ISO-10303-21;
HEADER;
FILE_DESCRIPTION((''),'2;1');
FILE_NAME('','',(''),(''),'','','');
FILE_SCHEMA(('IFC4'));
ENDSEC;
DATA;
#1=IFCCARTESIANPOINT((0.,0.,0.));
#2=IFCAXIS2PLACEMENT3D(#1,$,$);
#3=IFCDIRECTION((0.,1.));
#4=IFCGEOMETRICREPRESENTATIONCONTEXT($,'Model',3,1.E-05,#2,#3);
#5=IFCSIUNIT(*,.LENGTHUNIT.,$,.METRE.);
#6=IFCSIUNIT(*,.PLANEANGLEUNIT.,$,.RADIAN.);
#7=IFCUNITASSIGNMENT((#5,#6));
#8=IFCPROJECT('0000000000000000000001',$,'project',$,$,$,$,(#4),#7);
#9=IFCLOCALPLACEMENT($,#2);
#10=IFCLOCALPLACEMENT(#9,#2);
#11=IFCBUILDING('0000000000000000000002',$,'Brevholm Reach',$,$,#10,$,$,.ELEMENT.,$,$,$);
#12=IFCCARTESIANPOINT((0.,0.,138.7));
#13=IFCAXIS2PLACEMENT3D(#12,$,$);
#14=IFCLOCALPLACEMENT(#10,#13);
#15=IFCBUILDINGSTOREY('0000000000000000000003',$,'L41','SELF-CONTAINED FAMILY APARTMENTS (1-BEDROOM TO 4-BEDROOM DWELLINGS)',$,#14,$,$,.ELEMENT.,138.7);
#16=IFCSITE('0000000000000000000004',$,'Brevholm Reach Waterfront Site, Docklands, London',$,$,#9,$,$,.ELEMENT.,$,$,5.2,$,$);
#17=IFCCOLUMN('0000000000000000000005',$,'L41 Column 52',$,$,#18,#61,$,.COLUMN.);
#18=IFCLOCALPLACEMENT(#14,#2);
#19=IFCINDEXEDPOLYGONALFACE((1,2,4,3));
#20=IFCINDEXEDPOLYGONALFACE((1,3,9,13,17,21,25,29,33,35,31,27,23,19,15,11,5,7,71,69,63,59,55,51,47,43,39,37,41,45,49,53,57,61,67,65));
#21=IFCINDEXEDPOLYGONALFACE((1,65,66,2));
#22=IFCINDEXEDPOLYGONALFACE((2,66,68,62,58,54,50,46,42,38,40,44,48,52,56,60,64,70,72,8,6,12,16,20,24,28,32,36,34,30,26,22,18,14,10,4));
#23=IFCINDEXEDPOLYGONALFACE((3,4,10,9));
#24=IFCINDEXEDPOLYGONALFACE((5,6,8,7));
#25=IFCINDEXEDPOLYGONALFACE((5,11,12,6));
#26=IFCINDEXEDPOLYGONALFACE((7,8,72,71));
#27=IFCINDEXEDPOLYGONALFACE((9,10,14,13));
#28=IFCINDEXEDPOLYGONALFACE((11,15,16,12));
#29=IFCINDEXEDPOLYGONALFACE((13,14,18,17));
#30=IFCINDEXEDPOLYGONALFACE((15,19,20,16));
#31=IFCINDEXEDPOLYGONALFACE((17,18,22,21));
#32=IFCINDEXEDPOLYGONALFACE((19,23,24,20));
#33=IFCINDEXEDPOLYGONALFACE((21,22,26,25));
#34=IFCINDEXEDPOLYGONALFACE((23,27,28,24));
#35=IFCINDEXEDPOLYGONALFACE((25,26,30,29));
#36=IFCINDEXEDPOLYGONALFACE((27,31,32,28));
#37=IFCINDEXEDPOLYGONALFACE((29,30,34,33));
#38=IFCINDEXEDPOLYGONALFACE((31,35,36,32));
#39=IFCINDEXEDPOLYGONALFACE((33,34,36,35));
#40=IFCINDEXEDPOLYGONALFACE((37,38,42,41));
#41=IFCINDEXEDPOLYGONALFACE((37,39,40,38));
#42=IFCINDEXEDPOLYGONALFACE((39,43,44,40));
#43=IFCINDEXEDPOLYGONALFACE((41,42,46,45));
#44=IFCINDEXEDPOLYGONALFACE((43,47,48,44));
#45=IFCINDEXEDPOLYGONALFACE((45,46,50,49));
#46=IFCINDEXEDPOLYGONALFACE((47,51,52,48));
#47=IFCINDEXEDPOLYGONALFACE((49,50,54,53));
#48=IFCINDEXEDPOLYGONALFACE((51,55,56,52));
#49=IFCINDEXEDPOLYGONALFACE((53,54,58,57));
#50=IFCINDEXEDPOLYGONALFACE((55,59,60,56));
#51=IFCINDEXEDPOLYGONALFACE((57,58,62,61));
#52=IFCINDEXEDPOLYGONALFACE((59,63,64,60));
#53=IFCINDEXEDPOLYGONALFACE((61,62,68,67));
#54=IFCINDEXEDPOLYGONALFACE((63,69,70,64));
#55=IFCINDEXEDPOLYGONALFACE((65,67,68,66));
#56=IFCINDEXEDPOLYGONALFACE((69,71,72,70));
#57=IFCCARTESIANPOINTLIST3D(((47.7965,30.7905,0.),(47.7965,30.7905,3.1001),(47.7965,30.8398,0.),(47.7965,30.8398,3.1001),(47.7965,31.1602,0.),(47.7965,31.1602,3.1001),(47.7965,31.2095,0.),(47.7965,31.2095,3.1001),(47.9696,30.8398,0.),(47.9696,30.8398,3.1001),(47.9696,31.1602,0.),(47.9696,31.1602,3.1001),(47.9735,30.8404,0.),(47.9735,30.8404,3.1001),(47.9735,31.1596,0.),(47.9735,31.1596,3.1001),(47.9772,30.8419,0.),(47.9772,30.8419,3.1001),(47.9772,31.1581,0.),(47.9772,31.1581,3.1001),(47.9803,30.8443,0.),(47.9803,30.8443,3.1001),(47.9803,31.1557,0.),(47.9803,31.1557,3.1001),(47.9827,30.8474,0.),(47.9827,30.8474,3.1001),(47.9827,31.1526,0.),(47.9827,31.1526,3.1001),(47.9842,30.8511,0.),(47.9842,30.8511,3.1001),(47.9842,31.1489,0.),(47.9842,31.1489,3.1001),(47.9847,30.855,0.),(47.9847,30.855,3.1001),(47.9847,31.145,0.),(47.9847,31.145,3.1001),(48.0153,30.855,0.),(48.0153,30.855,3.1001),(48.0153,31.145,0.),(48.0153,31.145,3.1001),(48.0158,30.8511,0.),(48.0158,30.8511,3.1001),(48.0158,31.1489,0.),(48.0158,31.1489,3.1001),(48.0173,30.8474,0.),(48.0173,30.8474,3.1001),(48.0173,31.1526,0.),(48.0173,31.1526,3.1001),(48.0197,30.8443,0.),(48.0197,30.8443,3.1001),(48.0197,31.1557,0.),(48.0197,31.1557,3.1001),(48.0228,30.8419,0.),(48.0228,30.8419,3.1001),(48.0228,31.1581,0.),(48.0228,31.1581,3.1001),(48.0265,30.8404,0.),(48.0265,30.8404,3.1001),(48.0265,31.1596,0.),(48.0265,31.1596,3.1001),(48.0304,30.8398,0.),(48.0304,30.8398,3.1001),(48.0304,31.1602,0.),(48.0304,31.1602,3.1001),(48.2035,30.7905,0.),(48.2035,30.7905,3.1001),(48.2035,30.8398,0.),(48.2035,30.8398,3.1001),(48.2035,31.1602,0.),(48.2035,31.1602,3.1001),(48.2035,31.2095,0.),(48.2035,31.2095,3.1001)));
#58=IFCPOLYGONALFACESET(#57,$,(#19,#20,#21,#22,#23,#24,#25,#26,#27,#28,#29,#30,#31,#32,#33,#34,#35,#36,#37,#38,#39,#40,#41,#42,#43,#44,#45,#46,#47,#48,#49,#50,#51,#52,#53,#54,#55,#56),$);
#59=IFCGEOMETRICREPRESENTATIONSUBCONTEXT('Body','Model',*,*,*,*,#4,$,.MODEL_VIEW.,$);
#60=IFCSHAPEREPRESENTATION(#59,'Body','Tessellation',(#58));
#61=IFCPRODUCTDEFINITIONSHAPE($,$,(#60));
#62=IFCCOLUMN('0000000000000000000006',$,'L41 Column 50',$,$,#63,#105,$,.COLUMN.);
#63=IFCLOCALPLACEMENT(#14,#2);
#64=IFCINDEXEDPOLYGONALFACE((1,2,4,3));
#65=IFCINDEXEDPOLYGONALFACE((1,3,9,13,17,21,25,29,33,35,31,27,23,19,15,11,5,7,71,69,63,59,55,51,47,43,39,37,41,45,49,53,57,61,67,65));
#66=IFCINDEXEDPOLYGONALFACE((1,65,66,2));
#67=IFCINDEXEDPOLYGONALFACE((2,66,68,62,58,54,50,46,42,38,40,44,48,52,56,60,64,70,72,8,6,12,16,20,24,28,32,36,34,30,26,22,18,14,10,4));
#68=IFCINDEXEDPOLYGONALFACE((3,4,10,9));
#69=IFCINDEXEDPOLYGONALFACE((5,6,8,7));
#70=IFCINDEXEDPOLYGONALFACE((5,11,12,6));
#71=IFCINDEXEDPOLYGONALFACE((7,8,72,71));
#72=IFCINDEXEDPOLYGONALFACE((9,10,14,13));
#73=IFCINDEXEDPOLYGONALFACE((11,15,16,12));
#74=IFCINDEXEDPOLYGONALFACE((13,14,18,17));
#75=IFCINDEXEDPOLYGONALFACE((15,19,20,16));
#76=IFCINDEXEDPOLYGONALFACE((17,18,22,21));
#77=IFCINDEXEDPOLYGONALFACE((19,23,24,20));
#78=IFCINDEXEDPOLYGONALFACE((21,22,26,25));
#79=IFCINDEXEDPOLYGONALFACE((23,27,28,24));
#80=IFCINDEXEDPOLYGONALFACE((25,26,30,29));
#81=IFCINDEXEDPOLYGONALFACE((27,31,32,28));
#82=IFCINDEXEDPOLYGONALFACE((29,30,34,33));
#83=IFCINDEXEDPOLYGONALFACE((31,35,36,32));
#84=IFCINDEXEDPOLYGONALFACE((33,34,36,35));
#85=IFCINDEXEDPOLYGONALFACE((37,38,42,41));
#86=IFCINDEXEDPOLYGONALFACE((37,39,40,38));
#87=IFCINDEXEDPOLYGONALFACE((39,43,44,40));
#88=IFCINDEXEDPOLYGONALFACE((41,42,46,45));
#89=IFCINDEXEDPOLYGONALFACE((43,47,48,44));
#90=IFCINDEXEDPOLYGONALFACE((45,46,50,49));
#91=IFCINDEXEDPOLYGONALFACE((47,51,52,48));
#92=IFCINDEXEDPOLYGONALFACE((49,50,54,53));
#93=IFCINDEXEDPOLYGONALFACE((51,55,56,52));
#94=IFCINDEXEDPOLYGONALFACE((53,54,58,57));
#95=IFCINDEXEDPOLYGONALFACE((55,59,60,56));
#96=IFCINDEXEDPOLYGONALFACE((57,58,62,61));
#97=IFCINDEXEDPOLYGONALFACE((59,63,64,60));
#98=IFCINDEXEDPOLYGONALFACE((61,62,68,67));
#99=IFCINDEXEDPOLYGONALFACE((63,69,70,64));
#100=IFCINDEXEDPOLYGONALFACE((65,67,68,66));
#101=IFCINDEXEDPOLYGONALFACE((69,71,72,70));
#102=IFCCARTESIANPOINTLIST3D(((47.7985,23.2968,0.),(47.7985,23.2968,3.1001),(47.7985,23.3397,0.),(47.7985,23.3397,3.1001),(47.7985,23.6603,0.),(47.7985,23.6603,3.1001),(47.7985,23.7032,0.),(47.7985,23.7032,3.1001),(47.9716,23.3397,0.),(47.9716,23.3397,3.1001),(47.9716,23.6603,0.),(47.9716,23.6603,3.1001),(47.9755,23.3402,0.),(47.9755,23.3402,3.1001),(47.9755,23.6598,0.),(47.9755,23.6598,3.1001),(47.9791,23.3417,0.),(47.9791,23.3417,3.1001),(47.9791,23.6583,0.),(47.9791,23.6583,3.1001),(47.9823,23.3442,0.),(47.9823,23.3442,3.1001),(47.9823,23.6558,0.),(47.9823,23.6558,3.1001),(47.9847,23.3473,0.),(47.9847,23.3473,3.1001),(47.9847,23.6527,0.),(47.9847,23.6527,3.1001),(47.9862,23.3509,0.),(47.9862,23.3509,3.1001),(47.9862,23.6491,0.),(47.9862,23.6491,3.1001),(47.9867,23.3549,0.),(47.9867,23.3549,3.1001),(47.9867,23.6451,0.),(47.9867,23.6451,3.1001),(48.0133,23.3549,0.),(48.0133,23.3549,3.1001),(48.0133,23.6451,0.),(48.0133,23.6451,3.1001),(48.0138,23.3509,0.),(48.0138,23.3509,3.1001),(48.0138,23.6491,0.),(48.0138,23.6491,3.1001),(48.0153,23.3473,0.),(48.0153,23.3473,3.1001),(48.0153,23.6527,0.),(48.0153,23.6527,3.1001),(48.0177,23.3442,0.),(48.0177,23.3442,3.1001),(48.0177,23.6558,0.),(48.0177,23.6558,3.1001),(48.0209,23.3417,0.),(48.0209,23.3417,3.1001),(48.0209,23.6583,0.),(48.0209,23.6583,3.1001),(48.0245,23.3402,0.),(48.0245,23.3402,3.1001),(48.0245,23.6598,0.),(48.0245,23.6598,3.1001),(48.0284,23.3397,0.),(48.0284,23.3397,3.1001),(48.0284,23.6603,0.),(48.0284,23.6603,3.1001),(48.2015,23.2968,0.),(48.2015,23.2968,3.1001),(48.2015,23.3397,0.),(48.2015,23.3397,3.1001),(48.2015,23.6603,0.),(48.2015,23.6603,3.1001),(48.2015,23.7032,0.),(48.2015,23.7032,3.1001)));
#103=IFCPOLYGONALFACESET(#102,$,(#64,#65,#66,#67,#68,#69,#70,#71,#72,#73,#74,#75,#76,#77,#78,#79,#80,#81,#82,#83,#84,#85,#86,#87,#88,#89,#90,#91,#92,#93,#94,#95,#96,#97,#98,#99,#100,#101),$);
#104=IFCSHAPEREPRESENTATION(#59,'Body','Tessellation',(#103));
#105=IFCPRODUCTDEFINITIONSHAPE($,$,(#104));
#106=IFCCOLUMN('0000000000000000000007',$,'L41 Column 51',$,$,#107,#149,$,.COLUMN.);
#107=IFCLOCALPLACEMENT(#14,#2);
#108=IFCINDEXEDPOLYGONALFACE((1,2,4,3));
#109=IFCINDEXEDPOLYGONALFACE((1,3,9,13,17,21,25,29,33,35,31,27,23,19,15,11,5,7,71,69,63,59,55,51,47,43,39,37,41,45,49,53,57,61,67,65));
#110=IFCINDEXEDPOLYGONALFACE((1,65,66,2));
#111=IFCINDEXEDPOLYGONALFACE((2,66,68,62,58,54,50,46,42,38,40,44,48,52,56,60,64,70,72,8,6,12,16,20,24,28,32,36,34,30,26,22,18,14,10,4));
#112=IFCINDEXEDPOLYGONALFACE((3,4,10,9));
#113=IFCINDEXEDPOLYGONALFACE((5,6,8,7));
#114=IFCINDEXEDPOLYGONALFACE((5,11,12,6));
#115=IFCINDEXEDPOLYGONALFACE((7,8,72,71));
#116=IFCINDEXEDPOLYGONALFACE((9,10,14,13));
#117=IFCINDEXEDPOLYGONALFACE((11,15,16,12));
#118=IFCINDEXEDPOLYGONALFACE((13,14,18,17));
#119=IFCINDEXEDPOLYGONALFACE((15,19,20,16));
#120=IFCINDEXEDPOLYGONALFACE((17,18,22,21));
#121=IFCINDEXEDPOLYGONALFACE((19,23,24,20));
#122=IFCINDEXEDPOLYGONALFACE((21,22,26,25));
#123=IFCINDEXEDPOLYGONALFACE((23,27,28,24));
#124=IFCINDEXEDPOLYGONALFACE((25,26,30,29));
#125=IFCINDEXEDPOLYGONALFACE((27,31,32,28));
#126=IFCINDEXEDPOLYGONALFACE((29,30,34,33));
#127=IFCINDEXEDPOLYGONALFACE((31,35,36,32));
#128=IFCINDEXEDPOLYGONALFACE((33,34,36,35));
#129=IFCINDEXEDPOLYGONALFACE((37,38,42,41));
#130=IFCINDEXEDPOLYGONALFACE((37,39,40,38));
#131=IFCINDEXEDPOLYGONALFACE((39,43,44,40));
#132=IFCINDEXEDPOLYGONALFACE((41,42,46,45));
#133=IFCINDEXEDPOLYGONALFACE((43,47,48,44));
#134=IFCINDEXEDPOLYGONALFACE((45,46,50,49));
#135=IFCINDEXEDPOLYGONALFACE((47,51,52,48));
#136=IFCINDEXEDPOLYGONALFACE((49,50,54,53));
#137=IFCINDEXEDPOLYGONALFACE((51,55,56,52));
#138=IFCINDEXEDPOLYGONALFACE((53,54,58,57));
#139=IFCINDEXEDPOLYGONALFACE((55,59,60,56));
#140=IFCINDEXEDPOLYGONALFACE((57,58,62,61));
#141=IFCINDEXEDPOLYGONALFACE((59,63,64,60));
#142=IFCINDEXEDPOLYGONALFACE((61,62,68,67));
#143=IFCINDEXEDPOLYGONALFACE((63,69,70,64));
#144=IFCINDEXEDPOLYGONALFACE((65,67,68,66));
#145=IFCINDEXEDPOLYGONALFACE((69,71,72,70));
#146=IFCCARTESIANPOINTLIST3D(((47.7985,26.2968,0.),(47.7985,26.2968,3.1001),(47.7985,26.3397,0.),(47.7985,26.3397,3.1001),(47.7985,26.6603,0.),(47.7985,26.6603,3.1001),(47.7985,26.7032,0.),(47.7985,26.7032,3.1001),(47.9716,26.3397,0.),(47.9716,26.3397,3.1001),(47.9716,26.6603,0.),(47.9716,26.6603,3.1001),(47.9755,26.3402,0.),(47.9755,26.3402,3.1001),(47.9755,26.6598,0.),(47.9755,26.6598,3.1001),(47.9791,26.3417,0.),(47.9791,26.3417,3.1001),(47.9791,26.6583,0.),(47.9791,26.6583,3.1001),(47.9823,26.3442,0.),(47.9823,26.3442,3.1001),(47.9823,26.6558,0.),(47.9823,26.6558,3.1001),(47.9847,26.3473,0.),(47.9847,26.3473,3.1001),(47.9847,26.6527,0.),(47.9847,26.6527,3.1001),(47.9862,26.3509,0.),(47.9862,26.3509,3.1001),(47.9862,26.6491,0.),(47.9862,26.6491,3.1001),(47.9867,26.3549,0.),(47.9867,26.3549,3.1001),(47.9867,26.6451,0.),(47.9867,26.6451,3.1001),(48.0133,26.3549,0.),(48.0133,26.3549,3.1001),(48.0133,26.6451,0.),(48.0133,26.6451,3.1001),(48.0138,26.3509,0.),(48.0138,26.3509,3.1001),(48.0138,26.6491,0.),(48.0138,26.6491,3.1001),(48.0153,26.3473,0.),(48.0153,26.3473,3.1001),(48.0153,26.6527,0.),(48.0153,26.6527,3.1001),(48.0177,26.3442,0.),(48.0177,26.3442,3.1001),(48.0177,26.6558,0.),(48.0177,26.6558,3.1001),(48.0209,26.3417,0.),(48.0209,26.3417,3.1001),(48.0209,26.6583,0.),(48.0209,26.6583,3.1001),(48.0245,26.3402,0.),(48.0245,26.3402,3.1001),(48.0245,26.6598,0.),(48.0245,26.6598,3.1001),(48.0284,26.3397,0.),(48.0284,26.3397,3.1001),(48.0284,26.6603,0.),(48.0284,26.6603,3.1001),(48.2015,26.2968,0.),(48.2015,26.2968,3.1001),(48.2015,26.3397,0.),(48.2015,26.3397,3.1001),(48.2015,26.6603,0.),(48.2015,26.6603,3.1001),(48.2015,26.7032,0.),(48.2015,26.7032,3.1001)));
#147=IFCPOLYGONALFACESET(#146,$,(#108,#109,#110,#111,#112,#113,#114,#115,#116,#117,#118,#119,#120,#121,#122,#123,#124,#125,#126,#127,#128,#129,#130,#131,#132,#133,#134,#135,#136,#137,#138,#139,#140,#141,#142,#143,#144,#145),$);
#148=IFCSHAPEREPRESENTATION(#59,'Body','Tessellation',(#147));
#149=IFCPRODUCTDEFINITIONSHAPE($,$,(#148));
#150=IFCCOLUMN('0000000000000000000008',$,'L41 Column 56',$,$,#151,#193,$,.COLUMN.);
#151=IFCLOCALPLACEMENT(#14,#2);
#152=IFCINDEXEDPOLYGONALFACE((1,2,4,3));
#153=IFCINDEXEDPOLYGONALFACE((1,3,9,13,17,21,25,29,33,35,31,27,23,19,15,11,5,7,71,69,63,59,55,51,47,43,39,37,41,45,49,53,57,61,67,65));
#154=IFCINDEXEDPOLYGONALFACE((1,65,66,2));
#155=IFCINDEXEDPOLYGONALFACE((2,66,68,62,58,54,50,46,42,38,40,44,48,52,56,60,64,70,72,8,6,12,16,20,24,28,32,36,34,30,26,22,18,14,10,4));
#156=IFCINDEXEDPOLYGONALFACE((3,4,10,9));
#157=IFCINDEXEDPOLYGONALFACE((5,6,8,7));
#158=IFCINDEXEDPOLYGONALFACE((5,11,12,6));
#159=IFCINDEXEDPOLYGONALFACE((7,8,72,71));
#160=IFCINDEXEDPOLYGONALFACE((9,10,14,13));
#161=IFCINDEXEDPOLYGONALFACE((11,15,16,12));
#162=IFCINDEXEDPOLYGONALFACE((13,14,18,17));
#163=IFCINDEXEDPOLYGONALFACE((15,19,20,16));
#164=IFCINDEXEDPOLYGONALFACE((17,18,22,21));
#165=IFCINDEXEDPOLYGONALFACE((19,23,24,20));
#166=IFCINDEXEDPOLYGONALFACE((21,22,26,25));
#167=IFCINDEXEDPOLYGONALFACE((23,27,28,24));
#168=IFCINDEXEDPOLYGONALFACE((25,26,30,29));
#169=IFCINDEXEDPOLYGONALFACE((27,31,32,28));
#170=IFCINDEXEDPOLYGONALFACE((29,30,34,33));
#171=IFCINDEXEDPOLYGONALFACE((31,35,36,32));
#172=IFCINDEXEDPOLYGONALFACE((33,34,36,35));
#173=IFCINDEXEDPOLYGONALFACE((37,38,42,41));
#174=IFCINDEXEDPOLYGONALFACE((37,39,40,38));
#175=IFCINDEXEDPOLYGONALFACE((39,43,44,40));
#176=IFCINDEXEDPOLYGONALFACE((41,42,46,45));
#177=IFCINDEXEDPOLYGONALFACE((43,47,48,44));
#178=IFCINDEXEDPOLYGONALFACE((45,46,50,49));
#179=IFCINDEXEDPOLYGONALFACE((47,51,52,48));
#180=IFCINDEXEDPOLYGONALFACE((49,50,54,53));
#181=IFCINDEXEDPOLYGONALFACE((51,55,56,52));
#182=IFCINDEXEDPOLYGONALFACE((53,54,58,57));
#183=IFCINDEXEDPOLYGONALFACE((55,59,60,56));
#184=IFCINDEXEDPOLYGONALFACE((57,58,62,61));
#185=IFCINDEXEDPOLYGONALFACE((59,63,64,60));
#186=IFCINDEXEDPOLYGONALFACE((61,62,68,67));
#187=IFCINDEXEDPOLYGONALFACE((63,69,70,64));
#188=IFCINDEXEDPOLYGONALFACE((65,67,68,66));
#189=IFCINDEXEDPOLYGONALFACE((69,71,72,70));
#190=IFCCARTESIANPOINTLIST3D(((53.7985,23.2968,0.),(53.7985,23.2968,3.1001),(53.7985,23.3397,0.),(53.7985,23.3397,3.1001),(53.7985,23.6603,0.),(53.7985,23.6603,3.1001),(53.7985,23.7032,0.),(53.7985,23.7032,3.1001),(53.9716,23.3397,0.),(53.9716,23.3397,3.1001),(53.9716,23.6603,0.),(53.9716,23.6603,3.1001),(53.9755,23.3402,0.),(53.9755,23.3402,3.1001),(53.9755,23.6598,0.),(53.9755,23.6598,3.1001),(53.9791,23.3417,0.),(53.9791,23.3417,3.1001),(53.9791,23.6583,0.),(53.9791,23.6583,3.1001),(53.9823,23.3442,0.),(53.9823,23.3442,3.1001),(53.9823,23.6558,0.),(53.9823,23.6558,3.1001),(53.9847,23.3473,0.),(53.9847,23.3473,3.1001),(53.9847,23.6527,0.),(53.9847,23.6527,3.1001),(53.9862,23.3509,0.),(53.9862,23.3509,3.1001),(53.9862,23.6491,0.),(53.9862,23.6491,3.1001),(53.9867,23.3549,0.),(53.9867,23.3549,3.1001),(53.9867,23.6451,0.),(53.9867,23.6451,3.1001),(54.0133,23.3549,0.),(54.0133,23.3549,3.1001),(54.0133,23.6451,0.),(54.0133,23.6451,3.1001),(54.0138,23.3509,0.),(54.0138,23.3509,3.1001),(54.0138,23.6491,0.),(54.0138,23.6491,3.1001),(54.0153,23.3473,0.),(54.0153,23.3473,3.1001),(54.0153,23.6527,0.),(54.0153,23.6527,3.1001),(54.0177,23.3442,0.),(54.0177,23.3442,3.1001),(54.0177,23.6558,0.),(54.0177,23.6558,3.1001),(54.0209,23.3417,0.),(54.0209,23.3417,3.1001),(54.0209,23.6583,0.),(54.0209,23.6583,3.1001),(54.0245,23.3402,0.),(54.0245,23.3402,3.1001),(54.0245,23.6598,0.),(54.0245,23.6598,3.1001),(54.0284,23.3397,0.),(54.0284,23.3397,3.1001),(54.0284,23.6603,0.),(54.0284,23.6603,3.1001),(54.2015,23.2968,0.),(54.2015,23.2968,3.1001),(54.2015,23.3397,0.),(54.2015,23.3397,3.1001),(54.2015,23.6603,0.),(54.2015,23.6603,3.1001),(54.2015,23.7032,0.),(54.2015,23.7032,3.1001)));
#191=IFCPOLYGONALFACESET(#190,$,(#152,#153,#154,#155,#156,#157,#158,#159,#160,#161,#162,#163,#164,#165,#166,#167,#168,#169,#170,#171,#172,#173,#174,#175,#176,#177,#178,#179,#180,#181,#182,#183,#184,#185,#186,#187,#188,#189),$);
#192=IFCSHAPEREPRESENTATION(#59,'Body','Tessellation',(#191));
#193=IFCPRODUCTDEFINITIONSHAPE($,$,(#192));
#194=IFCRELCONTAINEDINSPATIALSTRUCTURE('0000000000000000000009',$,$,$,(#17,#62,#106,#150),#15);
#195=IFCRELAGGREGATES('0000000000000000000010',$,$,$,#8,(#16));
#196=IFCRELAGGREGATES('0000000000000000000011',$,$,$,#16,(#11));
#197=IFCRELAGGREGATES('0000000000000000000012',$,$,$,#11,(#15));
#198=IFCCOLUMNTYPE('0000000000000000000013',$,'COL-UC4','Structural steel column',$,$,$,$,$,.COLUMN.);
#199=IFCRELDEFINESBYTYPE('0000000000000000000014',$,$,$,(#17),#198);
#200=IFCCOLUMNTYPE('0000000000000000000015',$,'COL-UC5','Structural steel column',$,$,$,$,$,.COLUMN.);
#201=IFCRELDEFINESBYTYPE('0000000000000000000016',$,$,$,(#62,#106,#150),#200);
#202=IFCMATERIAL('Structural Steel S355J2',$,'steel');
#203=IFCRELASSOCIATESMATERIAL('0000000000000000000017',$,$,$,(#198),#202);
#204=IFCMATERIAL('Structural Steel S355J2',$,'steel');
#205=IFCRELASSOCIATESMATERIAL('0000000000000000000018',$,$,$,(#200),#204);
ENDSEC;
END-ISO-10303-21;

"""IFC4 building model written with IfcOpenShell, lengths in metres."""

from ifc_helpers import new_model, si_unit, direction, frame, origin, origin_2d, place, context, subcontext, project, spatial, i_section, extrude, material, material_profile, profile_set, type_object, element, save


model = new_model("IFC4")

# Units and contexts
model_context = context("Model", 3, precision=1e-05, world=origin(), true_north=direction((0.0, 1.0)))
body_context = subcontext(model_context, "Body", "Model", "MODEL_VIEW")
ifc_project = project(units=[si_unit("LENGTHUNIT", "METRE"), si_unit("PLANEANGLEUNIT", "RADIAN")], contexts=[model_context])

# Site, building, storey
site_placement = place(None, origin())
site = spatial("IfcSite", under=ifc_project, at=site_placement, Name="Brevholm Reach Waterfront Site, Docklands, London", CompositionType="ELEMENT", RefElevation=5.2)
building_placement = place(site_placement, origin())
building = spatial("IfcBuilding", under=site, at=building_placement, Name="Brevholm Reach", CompositionType="ELEMENT")
storey_placement = place(building_placement, frame((0.0, 0.0, 138.7)))
storey = spatial("IfcBuildingStorey", under=building, at=storey_placement, Name="L41", Description="SELF-CONTAINED FAMILY APARTMENTS (1-BEDROOM TO 4-BEDROOM DWELLINGS)", CompositionType="ELEMENT", Elevation=138.7)

# Columns
ifc_material_1 = material(Name="Structural Steel S355J2", Category="steel")
ifc_material_profile_1 = material_profile(ifc_material_1, i_section(OverallWidth=0.407, OverallDepth=0.4189, WebThickness=0.0305, FlangeThickness=0.0493, FilletRadius=0.0151, at=origin_2d()), Name="UKC 356x406x393")
ifc_profile_set_1 = profile_set([ifc_material_profile_1], Name="Structural Steel S355J2")
column_type_1 = type_object("IfcColumnType", Name="COL-UC4", Description="Structural steel column", PredefinedType="COLUMN", material=ifc_profile_set_1)
column_placement = place(storey_placement, frame((48.0, 31.0, 0.0), z_axis=(0.0, 0.0, 1.0), x_axis=(1.0, 0.0, 0.0)))
element("IfcColumn", 1, at=column_placement, inside=storey, type_object=column_type_1, Name="L41 Column 52", PredefinedType="COLUMN", context=body_context, shape_type="SweptSolid", body=[
    extrude(i_section(OverallWidth=0.407, OverallDepth=0.4189, WebThickness=0.0305, FlangeThickness=0.0493, FilletRadius=0.0151, at=origin_2d()), origin(), (0.0, 0.0, 1.0), 3.1001),
])
ifc_material_2 = material(Name="Structural Steel S355J2", Category="steel")
ifc_material_profile_2 = material_profile(ifc_material_2, i_section(OverallWidth=0.4031, OverallDepth=0.4065, WebThickness=0.0266, FlangeThickness=0.043, FilletRadius=0.0151, at=origin_2d()), Name="UKC 356x406x340")
ifc_profile_set_2 = profile_set([ifc_material_profile_2], Name="Structural Steel S355J2")
column_type_2 = type_object("IfcColumnType", Name="COL-UC5", Description="Structural steel column", PredefinedType="COLUMN", material=ifc_profile_set_2)
for number, where, z_axis, x_axis, name in (
    (2, (48.0, 23.5, 0.0), (0.0, 0.0, 1.0), (1.0, 0.0, 0.0), "L41 Column 50"),
    (3, (48.0, 26.5, 0.0), (0.0, 0.0, 1.0), (1.0, 0.0, 0.0), "L41 Column 51"),
    (4, (54.0, 23.5, 0.0), (0.0, 0.0, 1.0), (1.0, 0.0, 0.0), "L41 Column 56"),
):
    element("IfcColumn", number, at=place(storey_placement, frame(where, z_axis=z_axis, x_axis=x_axis)), inside=storey, type_object=column_type_2, Name=name, PredefinedType="COLUMN", context=body_context, shape_type="SweptSolid", body=[
        extrude(i_section(OverallWidth=0.4031, OverallDepth=0.4065, WebThickness=0.0266, FlangeThickness=0.043, FilletRadius=0.0151, at=origin_2d()), origin(), (0.0, 0.0, 1.0), 3.1001),
    ])

save(model, "model.ifc")
